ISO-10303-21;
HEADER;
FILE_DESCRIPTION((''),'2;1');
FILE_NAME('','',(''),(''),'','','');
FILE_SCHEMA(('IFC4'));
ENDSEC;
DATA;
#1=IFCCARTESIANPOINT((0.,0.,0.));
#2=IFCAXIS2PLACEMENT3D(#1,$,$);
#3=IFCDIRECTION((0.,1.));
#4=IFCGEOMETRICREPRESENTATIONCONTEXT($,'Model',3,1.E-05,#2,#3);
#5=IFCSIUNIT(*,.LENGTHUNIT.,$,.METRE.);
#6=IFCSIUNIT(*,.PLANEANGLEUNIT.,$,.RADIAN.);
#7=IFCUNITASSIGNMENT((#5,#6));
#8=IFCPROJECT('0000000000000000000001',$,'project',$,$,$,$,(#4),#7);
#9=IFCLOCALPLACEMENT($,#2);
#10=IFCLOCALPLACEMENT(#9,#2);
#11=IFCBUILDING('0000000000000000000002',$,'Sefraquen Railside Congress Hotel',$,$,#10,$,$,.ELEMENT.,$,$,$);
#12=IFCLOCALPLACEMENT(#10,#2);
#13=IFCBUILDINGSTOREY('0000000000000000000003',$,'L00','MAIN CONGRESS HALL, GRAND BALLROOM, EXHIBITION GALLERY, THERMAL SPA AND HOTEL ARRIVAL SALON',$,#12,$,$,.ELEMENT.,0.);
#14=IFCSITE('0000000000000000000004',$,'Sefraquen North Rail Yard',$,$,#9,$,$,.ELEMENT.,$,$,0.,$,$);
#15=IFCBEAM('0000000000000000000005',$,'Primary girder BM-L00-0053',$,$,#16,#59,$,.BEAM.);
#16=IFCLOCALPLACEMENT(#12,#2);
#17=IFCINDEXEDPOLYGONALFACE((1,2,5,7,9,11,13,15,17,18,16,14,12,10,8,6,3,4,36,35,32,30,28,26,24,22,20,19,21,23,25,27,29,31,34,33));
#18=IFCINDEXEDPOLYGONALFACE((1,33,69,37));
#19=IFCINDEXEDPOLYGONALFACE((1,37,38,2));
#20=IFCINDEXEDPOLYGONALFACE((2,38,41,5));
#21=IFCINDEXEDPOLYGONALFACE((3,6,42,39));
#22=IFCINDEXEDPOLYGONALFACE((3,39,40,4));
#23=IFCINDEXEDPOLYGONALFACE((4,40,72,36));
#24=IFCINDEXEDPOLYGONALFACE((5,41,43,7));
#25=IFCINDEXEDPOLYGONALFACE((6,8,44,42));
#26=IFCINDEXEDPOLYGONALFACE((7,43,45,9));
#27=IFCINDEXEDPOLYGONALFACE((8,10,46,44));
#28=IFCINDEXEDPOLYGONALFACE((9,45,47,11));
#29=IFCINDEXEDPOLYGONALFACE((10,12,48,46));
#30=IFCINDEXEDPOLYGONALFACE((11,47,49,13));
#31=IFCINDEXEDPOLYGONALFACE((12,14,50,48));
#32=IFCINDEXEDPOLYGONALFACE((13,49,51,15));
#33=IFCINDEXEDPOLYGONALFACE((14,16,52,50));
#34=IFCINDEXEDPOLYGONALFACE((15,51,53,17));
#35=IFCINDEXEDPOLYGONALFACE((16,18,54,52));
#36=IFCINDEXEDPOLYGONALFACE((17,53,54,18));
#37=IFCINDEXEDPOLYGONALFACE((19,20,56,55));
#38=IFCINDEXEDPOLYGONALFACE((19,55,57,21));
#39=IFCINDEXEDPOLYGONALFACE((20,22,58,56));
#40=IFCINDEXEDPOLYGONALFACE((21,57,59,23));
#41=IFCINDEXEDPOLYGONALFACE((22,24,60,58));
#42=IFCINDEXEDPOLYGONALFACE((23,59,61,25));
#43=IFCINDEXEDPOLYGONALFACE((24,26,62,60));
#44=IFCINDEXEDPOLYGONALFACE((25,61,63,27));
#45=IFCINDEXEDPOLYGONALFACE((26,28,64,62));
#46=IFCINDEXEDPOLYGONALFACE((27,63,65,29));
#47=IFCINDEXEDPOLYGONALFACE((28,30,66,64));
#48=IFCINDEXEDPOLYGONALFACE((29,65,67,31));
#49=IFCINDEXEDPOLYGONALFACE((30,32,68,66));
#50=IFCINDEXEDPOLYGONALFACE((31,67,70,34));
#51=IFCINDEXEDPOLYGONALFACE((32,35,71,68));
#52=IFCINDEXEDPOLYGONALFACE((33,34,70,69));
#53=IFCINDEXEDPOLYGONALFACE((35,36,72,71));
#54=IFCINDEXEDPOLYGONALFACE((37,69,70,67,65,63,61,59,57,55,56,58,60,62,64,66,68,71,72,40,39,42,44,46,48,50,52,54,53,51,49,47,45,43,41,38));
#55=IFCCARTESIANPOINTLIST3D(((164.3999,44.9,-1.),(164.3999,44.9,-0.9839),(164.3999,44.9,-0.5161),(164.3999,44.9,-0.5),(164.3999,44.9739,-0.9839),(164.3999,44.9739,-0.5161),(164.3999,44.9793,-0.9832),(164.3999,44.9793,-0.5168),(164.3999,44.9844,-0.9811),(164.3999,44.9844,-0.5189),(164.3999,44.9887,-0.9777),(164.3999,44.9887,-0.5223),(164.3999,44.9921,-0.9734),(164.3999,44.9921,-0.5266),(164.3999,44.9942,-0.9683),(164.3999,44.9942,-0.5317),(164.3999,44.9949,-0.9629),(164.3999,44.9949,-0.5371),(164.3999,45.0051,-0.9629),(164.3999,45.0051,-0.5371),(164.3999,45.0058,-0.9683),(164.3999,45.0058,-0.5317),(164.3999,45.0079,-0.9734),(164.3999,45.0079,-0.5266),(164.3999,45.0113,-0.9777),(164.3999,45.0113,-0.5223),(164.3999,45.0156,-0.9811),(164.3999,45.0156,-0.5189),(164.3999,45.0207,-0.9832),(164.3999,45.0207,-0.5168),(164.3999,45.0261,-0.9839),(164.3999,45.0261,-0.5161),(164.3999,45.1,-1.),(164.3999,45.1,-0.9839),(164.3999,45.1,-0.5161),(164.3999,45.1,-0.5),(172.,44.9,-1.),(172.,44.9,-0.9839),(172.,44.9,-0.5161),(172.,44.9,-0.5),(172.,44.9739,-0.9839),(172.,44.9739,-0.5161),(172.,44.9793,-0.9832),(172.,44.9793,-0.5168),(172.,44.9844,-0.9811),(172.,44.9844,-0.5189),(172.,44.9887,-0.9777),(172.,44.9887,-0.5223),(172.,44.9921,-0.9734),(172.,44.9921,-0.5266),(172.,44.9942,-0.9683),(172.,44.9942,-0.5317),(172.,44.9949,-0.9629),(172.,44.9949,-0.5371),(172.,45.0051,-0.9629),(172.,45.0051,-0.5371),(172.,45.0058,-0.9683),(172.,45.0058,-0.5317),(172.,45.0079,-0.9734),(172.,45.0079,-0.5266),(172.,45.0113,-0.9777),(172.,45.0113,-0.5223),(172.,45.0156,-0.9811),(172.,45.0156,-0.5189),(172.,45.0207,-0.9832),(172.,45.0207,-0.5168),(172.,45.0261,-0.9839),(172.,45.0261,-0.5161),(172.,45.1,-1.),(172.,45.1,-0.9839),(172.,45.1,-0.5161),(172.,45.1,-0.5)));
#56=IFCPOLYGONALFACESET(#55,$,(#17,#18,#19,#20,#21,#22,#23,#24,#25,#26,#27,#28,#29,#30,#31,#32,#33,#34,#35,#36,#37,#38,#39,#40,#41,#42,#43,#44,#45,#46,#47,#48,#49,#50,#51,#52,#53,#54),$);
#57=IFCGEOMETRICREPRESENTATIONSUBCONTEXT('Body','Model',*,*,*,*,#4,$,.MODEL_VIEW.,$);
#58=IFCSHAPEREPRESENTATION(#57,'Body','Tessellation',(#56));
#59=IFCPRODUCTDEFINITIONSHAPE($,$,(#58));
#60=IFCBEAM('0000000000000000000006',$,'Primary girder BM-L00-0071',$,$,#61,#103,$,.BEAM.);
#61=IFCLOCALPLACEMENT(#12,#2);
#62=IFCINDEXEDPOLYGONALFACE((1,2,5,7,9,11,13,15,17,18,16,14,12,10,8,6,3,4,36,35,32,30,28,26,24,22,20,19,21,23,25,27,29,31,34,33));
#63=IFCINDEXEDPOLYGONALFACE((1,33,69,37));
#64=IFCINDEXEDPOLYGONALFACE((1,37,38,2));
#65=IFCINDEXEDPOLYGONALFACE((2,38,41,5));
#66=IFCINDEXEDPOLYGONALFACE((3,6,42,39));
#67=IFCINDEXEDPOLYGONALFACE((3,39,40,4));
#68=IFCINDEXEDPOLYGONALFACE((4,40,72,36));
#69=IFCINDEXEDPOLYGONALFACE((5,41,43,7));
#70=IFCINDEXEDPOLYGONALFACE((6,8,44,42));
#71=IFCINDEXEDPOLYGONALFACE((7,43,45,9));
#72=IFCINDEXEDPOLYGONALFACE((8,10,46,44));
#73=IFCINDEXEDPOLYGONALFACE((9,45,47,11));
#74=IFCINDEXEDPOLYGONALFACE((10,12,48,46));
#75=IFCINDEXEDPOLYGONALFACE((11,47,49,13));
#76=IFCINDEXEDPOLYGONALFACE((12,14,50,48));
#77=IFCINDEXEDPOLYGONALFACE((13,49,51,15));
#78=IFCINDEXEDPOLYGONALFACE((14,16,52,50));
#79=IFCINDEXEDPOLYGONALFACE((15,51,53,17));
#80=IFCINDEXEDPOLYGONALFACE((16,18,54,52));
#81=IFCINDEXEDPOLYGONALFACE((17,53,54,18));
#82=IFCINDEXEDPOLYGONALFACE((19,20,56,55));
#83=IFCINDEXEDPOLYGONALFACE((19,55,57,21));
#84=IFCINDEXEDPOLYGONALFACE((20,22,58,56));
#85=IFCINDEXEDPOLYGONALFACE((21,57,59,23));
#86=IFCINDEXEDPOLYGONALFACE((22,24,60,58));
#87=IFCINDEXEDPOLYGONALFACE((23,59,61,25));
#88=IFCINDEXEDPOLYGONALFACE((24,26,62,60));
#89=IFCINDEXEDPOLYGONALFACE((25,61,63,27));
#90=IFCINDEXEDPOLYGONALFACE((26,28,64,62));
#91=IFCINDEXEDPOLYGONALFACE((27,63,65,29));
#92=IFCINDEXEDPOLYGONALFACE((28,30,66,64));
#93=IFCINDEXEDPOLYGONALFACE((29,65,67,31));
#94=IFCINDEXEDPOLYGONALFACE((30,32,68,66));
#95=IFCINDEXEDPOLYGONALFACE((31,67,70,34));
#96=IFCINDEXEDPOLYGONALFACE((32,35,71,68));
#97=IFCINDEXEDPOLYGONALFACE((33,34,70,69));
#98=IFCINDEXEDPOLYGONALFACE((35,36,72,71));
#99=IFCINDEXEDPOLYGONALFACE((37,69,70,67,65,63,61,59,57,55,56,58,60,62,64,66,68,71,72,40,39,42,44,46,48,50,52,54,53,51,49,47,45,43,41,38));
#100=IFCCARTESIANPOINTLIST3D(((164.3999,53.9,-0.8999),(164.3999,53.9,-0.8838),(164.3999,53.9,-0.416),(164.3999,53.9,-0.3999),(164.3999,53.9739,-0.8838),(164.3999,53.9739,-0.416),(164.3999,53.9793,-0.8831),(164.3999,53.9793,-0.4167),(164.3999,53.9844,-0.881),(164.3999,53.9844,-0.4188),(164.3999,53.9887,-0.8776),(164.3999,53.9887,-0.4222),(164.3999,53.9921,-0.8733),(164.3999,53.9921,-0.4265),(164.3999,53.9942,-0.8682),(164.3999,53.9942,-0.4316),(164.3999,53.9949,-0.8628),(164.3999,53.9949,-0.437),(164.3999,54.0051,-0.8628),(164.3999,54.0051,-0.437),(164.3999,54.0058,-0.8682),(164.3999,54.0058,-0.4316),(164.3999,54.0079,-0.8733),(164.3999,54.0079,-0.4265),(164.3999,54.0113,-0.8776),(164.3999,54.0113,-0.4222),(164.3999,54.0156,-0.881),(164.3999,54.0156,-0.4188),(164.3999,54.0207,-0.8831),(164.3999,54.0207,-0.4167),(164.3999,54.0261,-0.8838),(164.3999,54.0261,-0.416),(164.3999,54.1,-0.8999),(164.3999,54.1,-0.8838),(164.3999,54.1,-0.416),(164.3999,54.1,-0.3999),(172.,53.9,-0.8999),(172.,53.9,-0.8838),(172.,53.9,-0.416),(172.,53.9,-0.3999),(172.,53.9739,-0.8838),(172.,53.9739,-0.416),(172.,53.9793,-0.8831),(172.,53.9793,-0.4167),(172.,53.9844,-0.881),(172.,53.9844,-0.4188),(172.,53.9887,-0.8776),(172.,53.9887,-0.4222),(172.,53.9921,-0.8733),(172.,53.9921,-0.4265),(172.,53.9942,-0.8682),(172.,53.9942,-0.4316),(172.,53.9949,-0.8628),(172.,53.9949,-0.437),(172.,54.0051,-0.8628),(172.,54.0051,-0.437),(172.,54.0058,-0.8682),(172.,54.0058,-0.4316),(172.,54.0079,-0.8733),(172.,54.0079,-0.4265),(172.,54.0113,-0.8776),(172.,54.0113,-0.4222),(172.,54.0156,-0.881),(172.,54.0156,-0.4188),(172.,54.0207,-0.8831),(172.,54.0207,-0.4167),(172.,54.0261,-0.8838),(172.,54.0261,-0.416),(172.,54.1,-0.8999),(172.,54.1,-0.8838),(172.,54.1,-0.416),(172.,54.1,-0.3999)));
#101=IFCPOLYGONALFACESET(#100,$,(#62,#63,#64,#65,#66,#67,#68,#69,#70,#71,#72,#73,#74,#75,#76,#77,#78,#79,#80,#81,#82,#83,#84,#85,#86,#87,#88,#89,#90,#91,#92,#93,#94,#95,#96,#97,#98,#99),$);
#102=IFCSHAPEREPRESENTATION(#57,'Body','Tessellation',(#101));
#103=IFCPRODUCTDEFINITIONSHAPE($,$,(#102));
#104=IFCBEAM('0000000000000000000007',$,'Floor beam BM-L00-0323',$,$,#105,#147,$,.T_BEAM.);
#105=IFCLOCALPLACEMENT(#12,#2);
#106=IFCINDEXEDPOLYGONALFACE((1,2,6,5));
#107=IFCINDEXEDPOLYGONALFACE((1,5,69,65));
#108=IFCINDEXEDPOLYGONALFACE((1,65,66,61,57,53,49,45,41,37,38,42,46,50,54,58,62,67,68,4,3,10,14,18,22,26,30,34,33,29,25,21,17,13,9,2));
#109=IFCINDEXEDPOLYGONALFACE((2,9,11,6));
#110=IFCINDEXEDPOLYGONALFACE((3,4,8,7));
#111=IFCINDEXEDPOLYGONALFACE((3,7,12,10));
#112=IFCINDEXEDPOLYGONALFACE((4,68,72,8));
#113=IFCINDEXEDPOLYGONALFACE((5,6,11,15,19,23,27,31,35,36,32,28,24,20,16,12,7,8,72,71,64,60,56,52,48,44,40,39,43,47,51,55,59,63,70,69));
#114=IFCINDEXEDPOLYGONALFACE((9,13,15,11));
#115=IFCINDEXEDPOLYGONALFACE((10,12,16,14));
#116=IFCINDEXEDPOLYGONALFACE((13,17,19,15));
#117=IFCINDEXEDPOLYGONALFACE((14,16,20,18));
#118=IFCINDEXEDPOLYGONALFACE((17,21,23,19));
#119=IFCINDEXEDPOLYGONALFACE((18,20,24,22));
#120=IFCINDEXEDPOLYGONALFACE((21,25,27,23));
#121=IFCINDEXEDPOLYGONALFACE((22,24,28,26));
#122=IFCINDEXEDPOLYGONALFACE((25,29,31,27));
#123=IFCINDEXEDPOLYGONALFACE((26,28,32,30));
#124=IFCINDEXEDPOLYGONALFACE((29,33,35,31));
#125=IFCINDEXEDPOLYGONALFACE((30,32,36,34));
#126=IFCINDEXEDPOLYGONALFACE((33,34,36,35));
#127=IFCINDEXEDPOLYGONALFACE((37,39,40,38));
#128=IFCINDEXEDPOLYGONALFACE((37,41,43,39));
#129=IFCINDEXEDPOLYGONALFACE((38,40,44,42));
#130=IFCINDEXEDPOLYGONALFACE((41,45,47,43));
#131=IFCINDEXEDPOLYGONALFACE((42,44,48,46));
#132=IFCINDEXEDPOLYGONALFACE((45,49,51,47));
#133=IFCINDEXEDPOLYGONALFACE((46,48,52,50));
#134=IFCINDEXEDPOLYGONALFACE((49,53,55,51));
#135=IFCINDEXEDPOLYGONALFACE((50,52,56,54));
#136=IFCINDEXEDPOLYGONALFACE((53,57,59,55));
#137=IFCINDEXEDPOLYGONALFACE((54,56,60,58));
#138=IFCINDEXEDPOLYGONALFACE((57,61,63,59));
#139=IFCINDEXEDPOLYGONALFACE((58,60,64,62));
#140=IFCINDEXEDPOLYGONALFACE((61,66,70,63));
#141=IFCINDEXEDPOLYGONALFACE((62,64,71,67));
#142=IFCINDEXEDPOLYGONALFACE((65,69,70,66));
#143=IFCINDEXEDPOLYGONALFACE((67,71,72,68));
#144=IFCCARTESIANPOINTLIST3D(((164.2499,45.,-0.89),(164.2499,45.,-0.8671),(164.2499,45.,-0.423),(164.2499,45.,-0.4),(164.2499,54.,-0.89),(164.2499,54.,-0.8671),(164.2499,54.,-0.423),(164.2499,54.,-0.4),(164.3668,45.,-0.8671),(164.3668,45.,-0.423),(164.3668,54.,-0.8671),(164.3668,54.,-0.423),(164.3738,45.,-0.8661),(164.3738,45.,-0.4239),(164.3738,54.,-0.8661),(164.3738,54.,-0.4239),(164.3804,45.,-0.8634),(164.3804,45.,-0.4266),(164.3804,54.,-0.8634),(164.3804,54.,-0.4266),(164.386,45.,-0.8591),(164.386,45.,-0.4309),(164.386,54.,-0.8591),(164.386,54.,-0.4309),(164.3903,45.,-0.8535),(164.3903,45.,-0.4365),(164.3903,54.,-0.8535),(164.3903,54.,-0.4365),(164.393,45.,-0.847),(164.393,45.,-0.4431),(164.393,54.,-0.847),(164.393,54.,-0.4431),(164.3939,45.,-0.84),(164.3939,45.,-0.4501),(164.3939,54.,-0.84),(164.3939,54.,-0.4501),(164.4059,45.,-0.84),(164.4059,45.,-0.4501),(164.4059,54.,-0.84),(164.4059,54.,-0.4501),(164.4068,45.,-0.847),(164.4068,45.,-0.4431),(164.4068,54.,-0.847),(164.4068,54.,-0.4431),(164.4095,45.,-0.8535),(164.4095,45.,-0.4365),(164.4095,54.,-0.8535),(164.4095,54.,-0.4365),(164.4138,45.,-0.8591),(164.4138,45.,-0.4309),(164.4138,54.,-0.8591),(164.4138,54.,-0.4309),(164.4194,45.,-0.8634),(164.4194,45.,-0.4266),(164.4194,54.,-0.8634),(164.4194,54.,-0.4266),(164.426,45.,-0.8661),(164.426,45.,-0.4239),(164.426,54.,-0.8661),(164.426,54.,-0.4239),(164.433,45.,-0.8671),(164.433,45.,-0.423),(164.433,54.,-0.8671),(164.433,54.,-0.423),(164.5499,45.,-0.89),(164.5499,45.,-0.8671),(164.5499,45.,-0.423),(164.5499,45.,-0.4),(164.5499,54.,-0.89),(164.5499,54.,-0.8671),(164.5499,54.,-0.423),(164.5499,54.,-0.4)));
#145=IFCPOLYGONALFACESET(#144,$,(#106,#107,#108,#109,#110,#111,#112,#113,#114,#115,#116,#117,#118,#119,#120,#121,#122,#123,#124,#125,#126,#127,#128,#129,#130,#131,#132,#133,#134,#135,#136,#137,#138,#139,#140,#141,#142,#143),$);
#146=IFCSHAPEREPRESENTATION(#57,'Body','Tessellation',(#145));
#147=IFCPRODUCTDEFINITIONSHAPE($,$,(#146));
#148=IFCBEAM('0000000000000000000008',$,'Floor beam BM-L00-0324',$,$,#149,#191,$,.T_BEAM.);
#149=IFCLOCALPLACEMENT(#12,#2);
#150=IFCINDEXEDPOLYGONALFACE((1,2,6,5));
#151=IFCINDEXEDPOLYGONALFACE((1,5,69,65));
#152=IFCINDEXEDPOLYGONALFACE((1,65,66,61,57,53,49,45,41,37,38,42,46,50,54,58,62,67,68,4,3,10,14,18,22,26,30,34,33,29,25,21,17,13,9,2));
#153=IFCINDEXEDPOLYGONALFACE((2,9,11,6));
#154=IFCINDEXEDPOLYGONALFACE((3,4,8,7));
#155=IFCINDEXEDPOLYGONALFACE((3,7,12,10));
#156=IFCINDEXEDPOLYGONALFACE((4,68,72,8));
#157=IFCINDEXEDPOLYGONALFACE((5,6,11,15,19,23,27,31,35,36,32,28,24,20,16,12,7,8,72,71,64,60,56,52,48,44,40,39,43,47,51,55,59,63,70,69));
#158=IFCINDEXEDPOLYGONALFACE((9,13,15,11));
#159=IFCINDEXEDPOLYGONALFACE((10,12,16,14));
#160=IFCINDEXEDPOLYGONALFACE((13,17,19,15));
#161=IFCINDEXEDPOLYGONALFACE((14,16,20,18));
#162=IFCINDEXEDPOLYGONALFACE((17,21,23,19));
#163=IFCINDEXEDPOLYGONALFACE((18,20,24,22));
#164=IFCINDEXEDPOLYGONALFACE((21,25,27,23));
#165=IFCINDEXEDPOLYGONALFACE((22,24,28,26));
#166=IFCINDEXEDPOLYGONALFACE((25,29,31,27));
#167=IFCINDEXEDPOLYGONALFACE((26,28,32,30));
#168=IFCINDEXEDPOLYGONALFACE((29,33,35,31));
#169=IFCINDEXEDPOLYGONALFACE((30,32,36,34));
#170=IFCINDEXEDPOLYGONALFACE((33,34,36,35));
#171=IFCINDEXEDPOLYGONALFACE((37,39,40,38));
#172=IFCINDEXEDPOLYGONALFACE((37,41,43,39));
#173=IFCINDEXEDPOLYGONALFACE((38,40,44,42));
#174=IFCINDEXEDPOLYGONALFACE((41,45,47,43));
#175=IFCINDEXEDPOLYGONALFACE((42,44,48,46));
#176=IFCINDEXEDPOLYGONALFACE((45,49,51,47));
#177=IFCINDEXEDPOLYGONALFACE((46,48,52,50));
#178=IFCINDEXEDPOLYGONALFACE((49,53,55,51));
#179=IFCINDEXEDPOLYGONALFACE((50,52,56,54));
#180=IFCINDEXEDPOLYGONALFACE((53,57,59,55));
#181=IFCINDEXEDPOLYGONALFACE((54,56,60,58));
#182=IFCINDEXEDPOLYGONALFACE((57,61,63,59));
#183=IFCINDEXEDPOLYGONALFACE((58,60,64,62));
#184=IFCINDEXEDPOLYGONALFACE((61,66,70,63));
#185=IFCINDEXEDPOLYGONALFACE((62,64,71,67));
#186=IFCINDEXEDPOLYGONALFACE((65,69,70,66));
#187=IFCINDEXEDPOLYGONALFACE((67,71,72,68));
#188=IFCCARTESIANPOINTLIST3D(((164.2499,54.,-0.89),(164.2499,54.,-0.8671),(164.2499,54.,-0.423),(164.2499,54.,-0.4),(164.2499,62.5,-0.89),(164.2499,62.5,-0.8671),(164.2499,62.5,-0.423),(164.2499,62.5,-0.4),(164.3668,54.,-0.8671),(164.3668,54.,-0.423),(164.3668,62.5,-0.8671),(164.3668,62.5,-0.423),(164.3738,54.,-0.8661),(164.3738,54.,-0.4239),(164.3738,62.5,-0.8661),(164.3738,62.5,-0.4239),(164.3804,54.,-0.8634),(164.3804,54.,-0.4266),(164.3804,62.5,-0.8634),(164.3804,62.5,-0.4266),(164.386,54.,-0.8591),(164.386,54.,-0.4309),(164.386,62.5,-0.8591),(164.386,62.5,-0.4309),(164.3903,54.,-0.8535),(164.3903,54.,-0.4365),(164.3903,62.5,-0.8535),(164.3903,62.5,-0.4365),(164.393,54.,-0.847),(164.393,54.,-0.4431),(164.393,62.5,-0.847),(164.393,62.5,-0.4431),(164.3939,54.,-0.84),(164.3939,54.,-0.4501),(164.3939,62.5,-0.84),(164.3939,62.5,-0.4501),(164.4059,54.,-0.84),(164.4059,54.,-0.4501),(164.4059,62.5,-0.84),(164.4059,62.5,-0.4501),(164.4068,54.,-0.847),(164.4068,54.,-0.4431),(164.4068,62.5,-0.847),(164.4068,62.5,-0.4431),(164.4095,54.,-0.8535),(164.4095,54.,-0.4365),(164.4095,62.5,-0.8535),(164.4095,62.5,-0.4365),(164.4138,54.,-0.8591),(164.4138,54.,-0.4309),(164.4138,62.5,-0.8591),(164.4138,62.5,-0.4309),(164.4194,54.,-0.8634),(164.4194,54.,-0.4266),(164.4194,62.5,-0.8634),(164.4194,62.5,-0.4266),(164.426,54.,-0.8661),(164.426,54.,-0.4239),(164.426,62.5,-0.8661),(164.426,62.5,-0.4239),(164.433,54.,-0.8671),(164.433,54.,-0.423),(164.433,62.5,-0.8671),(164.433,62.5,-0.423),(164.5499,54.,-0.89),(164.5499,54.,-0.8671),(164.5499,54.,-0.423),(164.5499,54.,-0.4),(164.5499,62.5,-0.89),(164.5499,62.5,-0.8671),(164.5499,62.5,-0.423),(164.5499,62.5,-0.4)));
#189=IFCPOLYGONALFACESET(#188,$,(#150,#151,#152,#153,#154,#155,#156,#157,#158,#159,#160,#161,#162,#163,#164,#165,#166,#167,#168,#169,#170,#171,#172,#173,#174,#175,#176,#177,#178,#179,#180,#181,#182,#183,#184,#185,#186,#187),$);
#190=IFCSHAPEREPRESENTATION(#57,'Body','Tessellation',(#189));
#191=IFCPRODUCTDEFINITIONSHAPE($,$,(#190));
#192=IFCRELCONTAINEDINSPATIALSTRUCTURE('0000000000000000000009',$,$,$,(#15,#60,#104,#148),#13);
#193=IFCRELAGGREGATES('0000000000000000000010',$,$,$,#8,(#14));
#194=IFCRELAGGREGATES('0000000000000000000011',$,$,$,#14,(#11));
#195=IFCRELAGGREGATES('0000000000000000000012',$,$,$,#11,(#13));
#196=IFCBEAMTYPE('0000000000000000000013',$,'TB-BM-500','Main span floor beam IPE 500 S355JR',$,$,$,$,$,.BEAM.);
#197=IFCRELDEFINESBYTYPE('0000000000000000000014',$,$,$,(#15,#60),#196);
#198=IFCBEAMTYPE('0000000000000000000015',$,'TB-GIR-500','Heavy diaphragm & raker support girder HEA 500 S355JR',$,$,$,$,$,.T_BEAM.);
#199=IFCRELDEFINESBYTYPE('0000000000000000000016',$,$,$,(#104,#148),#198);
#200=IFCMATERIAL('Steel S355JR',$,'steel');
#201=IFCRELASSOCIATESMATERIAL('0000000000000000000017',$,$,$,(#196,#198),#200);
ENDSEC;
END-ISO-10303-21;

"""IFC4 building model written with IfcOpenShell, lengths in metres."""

from ifc_helpers import new_model, si_unit, direction, frame, origin, origin_2d, place, context, subcontext, project, spatial, i_section, extrude, material, material_profile, profile_set, type_object, element, save


model = new_model("IFC4")

# Units and contexts
model_context = context("Model", 3, precision=1e-05, world=origin(), true_north=direction((0.0, 1.0)))
body_context = subcontext(model_context, "Body", "Model", "MODEL_VIEW")
ifc_project = project(units=[si_unit("LENGTHUNIT", "METRE"), si_unit("PLANEANGLEUNIT", "RADIAN")], contexts=[model_context])

# Site, building, storey
site_placement = place(None, origin())
site = spatial("IfcSite", under=ifc_project, at=site_placement, Name="Sefraquen North Rail Yard", CompositionType="ELEMENT", RefElevation=0.0)
building_placement = place(site_placement, origin())
building = spatial("IfcBuilding", under=site, at=building_placement, Name="Sefraquen Railside Congress Hotel", CompositionType="ELEMENT")
storey_placement = place(building_placement, origin())
storey = spatial("IfcBuildingStorey", under=building, at=storey_placement, Name="L00", Description="MAIN CONGRESS HALL, GRAND BALLROOM, EXHIBITION GALLERY, THERMAL SPA AND HOTEL ARRIVAL SALON", CompositionType="ELEMENT", Elevation=0.0)

# Shared definitions
ifc_material_1 = material(Name="Steel S355JR", Category="steel")

# Beams
ifc_material_profile_1 = material_profile(ifc_material_1, i_section(OverallWidth=0.2, OverallDepth=0.5, WebThickness=0.0103, FlangeThickness=0.0161, FilletRadius=0.021, at=origin_2d()), Name="IPE 500")
ifc_profile_set_1 = profile_set([ifc_material_profile_1], Name="Steel S355JR")
beam_type_1 = type_object("IfcBeamType", Name="TB-BM-500", Description="Main span floor beam IPE 500 S355JR", PredefinedType="BEAM", material=ifc_profile_set_1)
for number, where, z_axis, x_axis, name in (
    (1, (164.3999, 45.0, -0.75), (1.0, 0.0, 0.0), (0.0, 1.0, 0.0), "Primary girder BM-L00-0053"),
    (2, (164.3999, 54.0, -0.6499), (1.0, 0.0, 0.0), (0.0, 1.0, 0.0), "Primary girder BM-L00-0071"),
):
    element("IfcBeam", number, at=place(storey_placement, frame(where, z_axis=z_axis, x_axis=x_axis)), inside=storey, type_object=beam_type_1, Name=name, PredefinedType="BEAM", context=body_context, shape_type="SweptSolid", body=[
        extrude(i_section(OverallWidth=0.2, OverallDepth=0.5, WebThickness=0.0103, FlangeThickness=0.0161, FilletRadius=0.021, at=origin_2d()), origin(), (0.0, 0.0, 1.0), 7.6001),
    ])
ifc_material_profile_2 = material_profile(ifc_material_1, i_section(OverallWidth=0.3, OverallDepth=0.49, WebThickness=0.012, FlangeThickness=0.0229, FilletRadius=0.0271, at=origin_2d()), Name="HEA 500")
ifc_profile_set_2 = profile_set([ifc_material_profile_2], Name="Steel S355JR")
beam_type_2 = type_object("IfcBeamType", Name="TB-GIR-500", Description="Heavy diaphragm & raker support girder HEA 500 S355JR", PredefinedType="T_BEAM", material=ifc_profile_set_2)
beam_1_placement = place(storey_placement, frame((164.3999, 45.0, -0.645), z_axis=(0.0, 1.0, 0.0), x_axis=(-1.0, 0.0, 0.0)))
element("IfcBeam", 3, at=beam_1_placement, inside=storey, type_object=beam_type_2, Name="Floor beam BM-L00-0323", PredefinedType="T_BEAM", context=body_context, shape_type="SweptSolid", body=[
    extrude(i_section(OverallWidth=0.3, OverallDepth=0.49, WebThickness=0.012, FlangeThickness=0.0229, FilletRadius=0.0271, at=origin_2d()), origin(), (0.0, 0.0, 1.0), 9.0),
])
beam_2_placement = place(storey_placement, frame((164.3999, 54.0, -0.645), z_axis=(0.0, 1.0, 0.0), x_axis=(-1.0, 0.0, 0.0)))
element("IfcBeam", 4, at=beam_2_placement, inside=storey, type_object=beam_type_2, Name="Floor beam BM-L00-0324", PredefinedType="T_BEAM", context=body_context, shape_type="SweptSolid", body=[
    extrude(i_section(OverallWidth=0.3, OverallDepth=0.49, WebThickness=0.012, FlangeThickness=0.0229, FilletRadius=0.0271, at=origin_2d()), origin(), (0.0, 0.0, 1.0), 8.5),
])

save(model, "model.ifc")
